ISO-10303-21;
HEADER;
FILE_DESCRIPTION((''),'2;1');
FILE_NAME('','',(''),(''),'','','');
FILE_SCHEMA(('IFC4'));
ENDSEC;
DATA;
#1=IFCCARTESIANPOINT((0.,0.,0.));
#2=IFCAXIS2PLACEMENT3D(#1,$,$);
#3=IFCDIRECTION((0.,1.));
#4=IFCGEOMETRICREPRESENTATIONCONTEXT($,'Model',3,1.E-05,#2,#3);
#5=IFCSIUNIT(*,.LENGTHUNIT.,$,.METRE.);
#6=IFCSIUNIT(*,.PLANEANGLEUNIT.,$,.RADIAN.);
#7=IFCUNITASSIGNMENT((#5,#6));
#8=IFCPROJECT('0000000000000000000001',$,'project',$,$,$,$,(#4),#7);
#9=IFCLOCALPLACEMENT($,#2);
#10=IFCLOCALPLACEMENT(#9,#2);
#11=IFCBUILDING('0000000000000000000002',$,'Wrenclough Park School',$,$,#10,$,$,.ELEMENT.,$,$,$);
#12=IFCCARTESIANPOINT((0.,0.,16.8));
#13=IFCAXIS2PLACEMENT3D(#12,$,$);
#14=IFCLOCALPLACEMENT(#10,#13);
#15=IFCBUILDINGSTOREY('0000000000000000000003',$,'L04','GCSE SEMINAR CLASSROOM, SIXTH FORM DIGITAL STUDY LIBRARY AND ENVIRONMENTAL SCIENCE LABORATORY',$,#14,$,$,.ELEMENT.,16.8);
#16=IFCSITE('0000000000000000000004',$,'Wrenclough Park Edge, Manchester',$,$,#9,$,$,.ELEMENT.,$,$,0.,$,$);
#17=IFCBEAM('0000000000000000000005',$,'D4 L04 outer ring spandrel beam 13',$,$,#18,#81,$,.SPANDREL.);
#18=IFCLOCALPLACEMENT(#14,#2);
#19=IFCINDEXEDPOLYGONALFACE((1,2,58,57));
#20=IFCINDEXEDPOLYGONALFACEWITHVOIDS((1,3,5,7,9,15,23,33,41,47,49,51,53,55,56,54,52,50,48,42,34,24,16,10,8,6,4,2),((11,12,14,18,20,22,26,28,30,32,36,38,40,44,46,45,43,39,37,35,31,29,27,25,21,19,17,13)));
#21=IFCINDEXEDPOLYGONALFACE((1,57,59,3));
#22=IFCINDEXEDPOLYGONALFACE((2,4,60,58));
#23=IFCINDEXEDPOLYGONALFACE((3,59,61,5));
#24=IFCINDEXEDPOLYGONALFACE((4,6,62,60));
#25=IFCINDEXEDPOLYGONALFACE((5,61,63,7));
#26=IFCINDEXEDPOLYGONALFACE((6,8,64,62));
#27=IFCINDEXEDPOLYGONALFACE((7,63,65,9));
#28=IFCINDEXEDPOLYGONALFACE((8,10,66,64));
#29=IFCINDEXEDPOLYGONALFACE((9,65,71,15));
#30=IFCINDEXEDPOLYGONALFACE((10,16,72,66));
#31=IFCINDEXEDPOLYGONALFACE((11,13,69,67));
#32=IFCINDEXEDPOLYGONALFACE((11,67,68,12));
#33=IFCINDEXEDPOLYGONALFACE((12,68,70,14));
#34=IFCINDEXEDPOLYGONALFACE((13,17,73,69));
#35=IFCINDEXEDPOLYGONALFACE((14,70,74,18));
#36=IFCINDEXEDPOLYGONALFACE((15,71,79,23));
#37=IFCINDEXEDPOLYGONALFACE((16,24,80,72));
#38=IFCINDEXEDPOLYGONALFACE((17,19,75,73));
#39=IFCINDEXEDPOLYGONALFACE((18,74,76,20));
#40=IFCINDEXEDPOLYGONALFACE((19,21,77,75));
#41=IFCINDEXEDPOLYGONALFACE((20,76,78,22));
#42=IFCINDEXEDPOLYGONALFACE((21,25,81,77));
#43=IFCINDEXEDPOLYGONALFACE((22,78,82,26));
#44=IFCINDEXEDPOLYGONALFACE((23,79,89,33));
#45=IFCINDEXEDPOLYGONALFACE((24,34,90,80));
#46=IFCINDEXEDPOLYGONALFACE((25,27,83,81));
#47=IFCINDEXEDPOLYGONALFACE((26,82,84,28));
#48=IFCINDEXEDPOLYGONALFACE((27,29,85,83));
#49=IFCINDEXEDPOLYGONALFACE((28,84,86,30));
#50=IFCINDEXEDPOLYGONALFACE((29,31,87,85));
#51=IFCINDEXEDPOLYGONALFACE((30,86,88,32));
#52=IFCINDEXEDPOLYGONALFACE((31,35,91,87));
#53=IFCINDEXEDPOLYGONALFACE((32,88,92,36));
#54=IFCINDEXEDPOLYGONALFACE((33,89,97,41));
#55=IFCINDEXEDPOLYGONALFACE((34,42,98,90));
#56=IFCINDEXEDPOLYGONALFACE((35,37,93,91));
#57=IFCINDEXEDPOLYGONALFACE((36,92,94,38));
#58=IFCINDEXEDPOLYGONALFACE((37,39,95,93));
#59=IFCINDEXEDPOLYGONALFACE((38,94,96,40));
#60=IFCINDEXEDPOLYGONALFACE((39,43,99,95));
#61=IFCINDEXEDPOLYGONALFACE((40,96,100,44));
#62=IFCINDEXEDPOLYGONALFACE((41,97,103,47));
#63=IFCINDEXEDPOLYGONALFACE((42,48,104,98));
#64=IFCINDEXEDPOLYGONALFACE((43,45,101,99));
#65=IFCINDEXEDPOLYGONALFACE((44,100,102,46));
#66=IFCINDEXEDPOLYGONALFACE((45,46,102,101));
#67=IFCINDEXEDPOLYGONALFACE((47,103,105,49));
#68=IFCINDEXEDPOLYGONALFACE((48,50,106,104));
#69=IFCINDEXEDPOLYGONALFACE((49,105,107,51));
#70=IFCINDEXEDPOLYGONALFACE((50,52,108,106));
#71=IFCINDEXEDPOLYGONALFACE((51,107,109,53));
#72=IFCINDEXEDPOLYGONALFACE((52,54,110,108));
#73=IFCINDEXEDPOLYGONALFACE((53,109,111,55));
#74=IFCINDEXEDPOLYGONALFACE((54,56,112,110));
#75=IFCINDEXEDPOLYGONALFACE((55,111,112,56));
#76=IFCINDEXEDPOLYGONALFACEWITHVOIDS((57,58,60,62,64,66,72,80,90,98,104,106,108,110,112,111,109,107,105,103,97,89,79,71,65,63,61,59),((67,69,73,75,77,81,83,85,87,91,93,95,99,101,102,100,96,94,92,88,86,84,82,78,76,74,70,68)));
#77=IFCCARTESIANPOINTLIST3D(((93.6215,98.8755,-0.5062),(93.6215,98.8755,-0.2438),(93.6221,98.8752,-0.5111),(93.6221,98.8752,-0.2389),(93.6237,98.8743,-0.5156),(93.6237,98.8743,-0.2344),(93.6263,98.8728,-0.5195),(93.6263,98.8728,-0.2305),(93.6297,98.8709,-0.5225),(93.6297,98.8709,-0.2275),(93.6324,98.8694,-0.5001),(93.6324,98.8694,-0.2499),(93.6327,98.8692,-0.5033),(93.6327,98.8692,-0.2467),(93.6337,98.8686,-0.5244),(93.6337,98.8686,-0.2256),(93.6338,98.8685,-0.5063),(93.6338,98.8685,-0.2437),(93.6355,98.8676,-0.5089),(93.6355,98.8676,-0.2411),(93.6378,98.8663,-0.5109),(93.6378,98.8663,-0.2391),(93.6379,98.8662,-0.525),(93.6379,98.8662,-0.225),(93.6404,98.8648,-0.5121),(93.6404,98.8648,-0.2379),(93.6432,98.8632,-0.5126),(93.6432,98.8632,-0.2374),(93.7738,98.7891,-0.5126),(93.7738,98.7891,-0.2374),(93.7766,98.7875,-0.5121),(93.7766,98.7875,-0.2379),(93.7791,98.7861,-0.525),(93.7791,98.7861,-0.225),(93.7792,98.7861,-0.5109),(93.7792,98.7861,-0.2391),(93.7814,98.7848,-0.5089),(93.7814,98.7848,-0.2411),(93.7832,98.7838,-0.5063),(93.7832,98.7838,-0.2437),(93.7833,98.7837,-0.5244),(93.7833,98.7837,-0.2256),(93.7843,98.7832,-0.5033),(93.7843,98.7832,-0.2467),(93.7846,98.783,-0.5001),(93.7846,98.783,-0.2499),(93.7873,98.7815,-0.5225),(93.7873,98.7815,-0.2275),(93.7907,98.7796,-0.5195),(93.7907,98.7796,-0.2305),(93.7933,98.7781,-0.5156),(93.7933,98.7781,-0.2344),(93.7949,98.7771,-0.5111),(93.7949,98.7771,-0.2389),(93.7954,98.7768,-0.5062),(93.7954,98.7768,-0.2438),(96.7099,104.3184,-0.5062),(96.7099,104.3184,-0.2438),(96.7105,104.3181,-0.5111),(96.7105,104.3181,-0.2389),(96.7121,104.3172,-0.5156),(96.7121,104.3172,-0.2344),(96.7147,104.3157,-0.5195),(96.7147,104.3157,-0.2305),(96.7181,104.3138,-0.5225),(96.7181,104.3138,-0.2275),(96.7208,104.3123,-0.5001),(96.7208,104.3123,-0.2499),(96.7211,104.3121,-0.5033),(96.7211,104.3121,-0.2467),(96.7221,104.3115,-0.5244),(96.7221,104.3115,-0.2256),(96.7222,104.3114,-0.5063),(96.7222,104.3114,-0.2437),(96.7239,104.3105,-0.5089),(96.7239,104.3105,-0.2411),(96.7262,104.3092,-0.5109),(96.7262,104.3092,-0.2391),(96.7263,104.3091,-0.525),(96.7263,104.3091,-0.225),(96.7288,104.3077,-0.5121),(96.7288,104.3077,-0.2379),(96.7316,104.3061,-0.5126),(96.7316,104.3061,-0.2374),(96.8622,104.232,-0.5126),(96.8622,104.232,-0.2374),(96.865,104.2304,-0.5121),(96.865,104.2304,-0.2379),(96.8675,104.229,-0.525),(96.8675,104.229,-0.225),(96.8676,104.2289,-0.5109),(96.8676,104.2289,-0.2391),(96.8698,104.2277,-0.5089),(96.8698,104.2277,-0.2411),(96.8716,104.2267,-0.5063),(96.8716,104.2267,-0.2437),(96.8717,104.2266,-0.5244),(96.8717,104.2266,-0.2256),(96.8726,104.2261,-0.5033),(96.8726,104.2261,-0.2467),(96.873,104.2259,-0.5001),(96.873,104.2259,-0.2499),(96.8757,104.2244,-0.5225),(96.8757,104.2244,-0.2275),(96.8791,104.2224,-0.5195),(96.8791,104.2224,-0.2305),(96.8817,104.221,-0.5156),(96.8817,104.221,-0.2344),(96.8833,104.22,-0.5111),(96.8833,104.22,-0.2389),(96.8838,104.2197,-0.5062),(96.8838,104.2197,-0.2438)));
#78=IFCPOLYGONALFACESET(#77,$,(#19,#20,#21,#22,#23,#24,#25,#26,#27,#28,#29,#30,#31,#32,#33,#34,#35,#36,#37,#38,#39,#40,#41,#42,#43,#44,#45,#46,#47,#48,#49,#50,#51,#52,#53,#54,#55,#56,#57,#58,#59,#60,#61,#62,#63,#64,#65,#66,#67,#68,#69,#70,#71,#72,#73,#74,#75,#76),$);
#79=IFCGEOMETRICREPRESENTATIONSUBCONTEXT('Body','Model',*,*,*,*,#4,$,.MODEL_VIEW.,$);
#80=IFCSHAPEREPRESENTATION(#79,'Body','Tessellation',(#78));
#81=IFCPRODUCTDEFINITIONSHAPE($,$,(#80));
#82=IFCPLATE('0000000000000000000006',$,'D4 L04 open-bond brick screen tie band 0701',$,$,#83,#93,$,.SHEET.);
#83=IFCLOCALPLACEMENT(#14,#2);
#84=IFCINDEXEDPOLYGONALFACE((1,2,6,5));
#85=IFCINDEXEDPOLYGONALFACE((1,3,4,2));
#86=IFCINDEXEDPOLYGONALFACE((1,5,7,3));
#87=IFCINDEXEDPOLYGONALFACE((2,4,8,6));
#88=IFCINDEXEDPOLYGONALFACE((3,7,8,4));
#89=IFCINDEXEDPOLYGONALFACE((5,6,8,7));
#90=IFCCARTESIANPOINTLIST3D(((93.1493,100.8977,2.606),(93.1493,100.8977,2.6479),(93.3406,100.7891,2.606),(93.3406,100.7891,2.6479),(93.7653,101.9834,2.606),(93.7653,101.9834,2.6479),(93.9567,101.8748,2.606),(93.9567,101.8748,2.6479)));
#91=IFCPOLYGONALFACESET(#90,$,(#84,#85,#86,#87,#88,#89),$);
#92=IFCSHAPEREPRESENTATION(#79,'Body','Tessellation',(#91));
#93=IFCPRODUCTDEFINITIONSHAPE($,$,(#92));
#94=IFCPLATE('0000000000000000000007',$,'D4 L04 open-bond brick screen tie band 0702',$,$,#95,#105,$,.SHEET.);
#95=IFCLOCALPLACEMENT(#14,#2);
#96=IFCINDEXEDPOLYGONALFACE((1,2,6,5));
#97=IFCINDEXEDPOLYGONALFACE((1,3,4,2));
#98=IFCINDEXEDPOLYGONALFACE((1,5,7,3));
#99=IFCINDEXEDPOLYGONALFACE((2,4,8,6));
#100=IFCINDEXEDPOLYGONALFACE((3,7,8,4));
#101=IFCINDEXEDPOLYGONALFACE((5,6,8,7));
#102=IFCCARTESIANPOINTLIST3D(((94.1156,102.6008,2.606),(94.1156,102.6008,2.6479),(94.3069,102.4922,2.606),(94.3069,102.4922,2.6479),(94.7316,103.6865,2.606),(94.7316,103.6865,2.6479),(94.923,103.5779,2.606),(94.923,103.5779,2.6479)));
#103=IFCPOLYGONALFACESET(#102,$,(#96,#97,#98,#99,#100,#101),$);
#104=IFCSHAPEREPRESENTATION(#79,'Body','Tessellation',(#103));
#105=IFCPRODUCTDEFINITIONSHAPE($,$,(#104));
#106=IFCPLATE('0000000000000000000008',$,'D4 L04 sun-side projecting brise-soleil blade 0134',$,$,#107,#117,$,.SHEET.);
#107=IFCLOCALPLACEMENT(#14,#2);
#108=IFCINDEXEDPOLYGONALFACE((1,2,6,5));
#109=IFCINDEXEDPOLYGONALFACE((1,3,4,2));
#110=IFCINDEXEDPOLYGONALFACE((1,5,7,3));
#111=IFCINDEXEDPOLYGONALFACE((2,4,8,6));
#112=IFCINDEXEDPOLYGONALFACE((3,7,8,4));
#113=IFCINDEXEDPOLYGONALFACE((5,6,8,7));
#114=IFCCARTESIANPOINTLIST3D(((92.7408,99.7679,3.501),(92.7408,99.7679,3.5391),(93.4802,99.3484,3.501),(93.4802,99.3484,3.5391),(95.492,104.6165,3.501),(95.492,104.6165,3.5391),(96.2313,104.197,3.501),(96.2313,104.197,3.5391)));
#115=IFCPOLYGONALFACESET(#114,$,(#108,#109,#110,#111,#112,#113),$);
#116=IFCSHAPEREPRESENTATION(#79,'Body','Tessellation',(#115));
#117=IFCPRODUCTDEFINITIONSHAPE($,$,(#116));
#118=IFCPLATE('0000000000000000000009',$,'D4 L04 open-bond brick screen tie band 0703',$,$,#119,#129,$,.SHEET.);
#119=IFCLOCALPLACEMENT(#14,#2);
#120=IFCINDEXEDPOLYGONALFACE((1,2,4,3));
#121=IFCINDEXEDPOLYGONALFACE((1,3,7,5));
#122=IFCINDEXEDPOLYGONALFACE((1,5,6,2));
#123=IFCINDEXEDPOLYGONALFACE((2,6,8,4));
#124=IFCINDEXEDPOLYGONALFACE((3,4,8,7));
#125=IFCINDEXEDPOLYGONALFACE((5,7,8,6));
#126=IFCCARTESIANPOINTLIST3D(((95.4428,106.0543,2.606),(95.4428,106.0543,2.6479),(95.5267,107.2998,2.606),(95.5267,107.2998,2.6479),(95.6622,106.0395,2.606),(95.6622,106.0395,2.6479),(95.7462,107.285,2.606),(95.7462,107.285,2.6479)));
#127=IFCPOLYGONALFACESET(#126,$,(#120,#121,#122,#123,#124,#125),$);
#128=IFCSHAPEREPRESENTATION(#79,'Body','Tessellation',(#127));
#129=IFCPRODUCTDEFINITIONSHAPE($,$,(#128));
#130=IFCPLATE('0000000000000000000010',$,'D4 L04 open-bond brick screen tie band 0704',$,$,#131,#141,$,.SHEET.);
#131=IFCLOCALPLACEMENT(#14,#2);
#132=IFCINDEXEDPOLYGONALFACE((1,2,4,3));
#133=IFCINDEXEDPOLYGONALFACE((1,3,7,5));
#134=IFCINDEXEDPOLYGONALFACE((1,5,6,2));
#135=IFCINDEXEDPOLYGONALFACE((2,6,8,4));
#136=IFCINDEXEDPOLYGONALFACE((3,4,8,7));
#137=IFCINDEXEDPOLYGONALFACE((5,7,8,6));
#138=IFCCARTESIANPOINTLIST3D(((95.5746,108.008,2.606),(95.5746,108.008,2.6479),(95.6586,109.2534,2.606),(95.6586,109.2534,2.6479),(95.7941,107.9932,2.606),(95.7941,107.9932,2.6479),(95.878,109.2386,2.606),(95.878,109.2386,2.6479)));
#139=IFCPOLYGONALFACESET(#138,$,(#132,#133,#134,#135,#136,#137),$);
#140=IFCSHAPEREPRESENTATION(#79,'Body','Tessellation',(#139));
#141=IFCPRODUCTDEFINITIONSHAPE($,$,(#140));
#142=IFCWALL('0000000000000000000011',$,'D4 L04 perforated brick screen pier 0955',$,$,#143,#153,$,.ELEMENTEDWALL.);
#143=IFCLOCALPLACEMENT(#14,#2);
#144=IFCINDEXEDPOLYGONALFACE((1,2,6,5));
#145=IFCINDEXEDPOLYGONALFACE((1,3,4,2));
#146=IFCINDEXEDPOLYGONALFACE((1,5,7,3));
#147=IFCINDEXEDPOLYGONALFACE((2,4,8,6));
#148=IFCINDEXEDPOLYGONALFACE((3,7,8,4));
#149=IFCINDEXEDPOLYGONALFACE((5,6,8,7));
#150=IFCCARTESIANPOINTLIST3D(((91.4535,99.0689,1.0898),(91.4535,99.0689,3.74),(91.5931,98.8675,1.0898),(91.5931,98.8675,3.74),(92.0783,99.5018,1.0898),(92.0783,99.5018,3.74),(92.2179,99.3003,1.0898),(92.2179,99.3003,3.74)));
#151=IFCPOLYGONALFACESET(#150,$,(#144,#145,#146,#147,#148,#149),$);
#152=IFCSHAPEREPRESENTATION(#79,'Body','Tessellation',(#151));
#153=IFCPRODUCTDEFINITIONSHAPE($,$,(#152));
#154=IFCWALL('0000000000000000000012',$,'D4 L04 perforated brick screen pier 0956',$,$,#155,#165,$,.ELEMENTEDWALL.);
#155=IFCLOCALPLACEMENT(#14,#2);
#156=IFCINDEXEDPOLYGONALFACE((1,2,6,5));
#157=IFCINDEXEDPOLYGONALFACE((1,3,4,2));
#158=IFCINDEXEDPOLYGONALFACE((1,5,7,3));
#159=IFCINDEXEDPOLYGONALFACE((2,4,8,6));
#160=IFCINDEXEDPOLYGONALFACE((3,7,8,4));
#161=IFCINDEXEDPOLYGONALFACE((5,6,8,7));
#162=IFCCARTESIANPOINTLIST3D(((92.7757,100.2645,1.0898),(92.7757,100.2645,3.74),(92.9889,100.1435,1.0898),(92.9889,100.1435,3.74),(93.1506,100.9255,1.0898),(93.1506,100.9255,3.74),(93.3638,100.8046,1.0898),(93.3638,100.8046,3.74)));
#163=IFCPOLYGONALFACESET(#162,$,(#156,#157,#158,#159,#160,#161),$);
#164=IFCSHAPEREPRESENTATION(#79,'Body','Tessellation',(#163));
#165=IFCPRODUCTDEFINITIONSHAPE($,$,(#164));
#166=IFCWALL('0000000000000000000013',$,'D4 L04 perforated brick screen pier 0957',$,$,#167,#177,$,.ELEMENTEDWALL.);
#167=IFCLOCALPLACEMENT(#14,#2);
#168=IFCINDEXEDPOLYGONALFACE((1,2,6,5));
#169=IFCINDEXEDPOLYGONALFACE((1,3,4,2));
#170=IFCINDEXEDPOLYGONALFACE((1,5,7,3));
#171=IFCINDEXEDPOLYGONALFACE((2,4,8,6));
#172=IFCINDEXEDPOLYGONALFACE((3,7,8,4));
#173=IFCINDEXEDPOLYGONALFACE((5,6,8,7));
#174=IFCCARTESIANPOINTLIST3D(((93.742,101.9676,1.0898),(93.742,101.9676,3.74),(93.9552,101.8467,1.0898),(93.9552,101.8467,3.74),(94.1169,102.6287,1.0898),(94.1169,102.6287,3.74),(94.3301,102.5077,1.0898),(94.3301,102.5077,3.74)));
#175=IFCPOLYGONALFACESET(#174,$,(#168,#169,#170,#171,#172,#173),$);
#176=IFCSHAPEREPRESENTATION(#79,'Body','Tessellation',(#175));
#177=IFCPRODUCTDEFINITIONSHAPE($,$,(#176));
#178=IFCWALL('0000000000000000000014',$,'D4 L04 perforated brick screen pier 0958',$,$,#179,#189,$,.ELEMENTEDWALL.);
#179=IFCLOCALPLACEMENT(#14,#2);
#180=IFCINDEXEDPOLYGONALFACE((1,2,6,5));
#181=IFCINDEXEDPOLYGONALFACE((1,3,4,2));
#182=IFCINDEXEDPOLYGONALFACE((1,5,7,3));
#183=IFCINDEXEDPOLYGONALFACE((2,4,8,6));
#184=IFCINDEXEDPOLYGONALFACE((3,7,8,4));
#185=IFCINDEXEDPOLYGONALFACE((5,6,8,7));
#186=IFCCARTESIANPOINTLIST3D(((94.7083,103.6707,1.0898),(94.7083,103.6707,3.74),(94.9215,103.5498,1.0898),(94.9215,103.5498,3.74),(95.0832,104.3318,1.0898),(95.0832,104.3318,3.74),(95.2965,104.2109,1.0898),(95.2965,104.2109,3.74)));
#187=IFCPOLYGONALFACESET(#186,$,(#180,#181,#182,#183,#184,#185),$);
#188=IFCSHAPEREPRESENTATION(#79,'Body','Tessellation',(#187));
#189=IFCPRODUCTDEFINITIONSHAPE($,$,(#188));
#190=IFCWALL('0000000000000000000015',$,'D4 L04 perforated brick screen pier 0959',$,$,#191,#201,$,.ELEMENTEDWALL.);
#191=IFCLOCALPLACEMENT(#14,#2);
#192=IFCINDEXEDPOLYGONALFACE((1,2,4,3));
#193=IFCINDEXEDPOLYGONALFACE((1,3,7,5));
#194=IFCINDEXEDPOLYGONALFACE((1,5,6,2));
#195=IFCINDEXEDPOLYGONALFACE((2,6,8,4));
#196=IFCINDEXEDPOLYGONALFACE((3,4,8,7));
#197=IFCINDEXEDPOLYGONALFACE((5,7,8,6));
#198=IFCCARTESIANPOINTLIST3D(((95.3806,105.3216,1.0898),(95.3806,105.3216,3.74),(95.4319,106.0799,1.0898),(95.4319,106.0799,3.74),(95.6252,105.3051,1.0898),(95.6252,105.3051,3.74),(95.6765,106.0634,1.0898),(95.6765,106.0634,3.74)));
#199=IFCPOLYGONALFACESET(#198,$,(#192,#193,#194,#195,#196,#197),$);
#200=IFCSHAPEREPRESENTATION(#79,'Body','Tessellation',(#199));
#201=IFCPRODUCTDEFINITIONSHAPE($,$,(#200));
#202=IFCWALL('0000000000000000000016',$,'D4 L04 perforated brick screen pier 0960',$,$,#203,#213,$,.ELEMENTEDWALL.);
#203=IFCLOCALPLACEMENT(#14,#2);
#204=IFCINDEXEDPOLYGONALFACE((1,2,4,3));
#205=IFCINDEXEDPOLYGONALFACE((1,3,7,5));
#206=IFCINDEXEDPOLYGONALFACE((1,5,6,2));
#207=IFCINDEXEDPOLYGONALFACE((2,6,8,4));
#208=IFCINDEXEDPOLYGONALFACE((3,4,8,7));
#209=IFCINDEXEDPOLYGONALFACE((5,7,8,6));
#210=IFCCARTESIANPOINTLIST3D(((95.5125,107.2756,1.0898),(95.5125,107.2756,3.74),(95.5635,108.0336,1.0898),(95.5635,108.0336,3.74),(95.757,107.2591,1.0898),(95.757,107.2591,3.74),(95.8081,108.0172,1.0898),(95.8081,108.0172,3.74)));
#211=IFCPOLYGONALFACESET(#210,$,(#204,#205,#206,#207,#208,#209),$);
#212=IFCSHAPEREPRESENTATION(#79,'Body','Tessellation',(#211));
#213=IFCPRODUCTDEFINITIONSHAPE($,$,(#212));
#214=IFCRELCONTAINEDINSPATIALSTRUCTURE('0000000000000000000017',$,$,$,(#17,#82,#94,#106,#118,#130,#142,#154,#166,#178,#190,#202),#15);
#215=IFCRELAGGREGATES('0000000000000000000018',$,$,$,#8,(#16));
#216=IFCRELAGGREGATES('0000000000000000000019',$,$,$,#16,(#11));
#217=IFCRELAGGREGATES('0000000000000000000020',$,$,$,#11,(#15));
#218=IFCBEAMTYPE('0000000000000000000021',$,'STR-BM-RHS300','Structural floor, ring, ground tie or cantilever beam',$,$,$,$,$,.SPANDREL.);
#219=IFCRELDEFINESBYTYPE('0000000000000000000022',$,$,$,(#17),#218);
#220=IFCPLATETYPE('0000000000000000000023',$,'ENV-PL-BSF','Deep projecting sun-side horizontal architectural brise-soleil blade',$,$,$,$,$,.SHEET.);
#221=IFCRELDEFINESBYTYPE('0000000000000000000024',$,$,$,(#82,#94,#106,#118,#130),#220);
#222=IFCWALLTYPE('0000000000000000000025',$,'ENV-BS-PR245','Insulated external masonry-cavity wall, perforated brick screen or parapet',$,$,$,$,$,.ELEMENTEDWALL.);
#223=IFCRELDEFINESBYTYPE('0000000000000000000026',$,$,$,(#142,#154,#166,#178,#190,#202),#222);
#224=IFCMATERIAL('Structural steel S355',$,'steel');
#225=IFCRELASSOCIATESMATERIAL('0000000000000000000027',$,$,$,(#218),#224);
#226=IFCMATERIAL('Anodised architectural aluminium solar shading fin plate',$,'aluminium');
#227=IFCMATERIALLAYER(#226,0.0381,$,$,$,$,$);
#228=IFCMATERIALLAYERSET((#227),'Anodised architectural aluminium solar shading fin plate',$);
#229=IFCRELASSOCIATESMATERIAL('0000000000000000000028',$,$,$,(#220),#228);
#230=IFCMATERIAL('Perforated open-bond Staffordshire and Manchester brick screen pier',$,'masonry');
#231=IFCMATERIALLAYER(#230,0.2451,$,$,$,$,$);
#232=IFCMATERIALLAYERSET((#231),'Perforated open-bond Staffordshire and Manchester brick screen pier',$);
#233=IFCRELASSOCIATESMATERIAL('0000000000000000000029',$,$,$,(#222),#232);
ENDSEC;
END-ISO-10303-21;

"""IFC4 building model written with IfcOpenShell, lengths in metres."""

from ifc_helpers import new_model, si_unit, direction, frame, frame_2d, origin, origin_2d, place, context, subcontext, project, spatial, rectangle, hollow_rectangle, extrude, material, layer, layer_set, material_profile, profile_set, type_object, element, save


model = new_model("IFC4")

# Units and contexts
model_context = context("Model", 3, precision=1e-05, world=origin(), true_north=direction((0.0, 1.0)))
body_context = subcontext(model_context, "Body", "Model", "MODEL_VIEW")
ifc_project = project(units=[si_unit("LENGTHUNIT", "METRE"), si_unit("PLANEANGLEUNIT", "RADIAN")], contexts=[model_context])

# Site, building, storey
site_placement = place(None, origin())
site = spatial("IfcSite", under=ifc_project, at=site_placement, Name="Wrenclough Park Edge, Manchester", CompositionType="ELEMENT", RefElevation=0.0)
building_placement = place(site_placement, origin())
building = spatial("IfcBuilding", under=site, at=building_placement, Name="Wrenclough Park School", CompositionType="ELEMENT")
storey_placement = place(building_placement, frame((0.0, 0.0, 16.8)))
storey = spatial("IfcBuildingStorey", under=building, at=storey_placement, Name="L04", Description="GCSE SEMINAR CLASSROOM, SIXTH FORM DIGITAL STUDY LIBRARY AND ENVIRONMENTAL SCIENCE LABORATORY", CompositionType="ELEMENT", Elevation=16.8)

# Beam
ifc_material_1 = material(Name="Structural steel S355", Category="steel")
ifc_material_profile = material_profile(ifc_material_1, hollow_rectangle(XDim=0.2, YDim=0.3, WallThickness=0.0125, InnerFilletRadius=0.0125, OuterFilletRadius=0.0188, at=origin_2d()), Name="RHS 300x200x12.5")
ifc_profile_set = profile_set([ifc_material_profile], Name="Structural steel S355")
beam_type = type_object("IfcBeamType", Name="STR-BM-RHS300", Description="Structural floor, ring, ground tie or cantilever beam", PredefinedType="SPANDREL", material=ifc_profile_set)
beam_placement = place(storey_placement, frame((93.7085, 98.8262, -0.375), z_axis=(0.493507, 0.869742, 0.0), x_axis=(-0.869742, 0.493507, 0.0)))
element("IfcBeam", 1, at=beam_placement, inside=storey, type_object=beam_type, Name="D4 L04 outer ring spandrel beam 13", PredefinedType="SPANDREL", context=body_context, shape_type="SweptSolid", body=[
    extrude(hollow_rectangle(XDim=0.2, YDim=0.3, WallThickness=0.0125, InnerFilletRadius=0.0125, OuterFilletRadius=0.0188, at=origin_2d()), origin(), (0.0, 0.0, 1.0), 6.2581),
])

# Plates
ifc_material_2 = material(Name="Anodised architectural aluminium solar shading fin plate", Category="aluminium")
ifc_layer_1 = layer(ifc_material_2, 0.0381)
ifc_layer_set_1 = layer_set([ifc_layer_1], Name="Anodised architectural aluminium solar shading fin plate")
plate_type = type_object("IfcPlateType", Name="ENV-PL-BSF", Description="Deep projecting sun-side horizontal architectural brise-soleil blade", PredefinedType="SHEET", material=ifc_layer_set_1)
for number, where, z_axis, x_axis, name in (
    (2, (93.553, 101.3862, 2.606), (0.0, 0.0, 1.0), (0.493499, 0.869747, 0.0), "D4 L04 open-bond brick screen tie band 0701"),
    (3, (94.5193, 103.0894, 2.606), (0.0, 0.0, 1.0), (0.493499, 0.869747, 0.0), "D4 L04 open-bond brick screen tie band 0702"),
):
    element("IfcPlate", number, at=place(storey_placement, frame(where, z_axis=z_axis, x_axis=x_axis)), inside=storey, type_object=plate_type, Name=name, PredefinedType="SHEET", context=body_context, shape_type="SweptSolid", body=[
        extrude(rectangle(XDim=1.2483, YDim=0.22, at=origin_2d()), origin(), (0.0, 0.0, 1.0), 0.042),
    ])
plate_placement = place(storey_placement, frame((94.4861, 101.9824, 3.501), z_axis=(0.0, 0.0, 1.0), x_axis=(0.493499, 0.869747, 0.0)))
element("IfcPlate", 4, at=plate_placement, inside=storey, type_object=plate_type, Name="D4 L04 sun-side projecting brise-soleil blade 0134", PredefinedType="SHEET", context=body_context, shape_type="SweptSolid", body=[
    extrude(rectangle(XDim=5.5747, YDim=0.8501, at=origin_2d()), origin(), (0.0, 0.0, 1.0), 0.0381),
])
for number, where, z_axis, x_axis, name in (
    (5, (95.5945, 106.6697, 2.606), (0.0, 0.0, 1.0), (0.067274, 0.997735, 0.0), "D4 L04 open-bond brick screen tie band 0703"),
    (6, (95.7263, 108.6233, 2.606), (0.0, 0.0, 1.0), (0.067274, 0.997735, 0.0), "D4 L04 open-bond brick screen tie band 0704"),
):
    element("IfcPlate", number, at=place(storey_placement, frame(where, z_axis=z_axis, x_axis=x_axis)), inside=storey, type_object=plate_type, Name=name, PredefinedType="SHEET", context=body_context, shape_type="SweptSolid", body=[
        extrude(rectangle(XDim=1.2483, YDim=0.22, at=origin_2d()), origin(), (0.0, 0.0, 1.0), 0.042),
    ])

# Walls
ifc_material_3 = material(Name="Perforated open-bond Staffordshire and Manchester brick screen pier", Category="masonry")
ifc_layer_2 = layer(ifc_material_3, 0.2451)
ifc_layer_set_2 = layer_set([ifc_layer_2], Name="Perforated open-bond Staffordshire and Manchester brick screen pier")
wall_type_1 = type_object("IfcWallType", Name="ENV-BS-PR245", Description="Insulated external masonry-cavity wall, perforated brick screen or parapet", PredefinedType="ELEMENTEDWALL", material=ifc_layer_set_2)
for number, where, z_axis, x_axis, name in (
    (7, (91.5234, 98.9683, 1.0898), (0.0, 0.0, 1.0), (0.821984, 0.569511, 0.0), "D4 L04 perforated brick screen pier 0955"),
    (8, (92.8823, 100.2041, 1.0898), (0.0, 0.0, 1.0), (0.493369, 0.86982, 0.0), "D4 L04 perforated brick screen pier 0956"),
    (9, (93.8486, 101.9072, 1.0898), (0.0, 0.0, 1.0), (0.493369, 0.86982, 0.0), "D4 L04 perforated brick screen pier 0957"),
    (10, (94.8149, 103.6104, 1.0898), (0.0, 0.0, 1.0), (0.493369, 0.86982, 0.0), "D4 L04 perforated brick screen pier 0958"),
    (11, (95.5029, 105.3135, 1.0898), (0.0, 0.0, 1.0), (0.067457, 0.997722, 0.0), "D4 L04 perforated brick screen pier 0959"),
):
    element("IfcWall", number, at=place(storey_placement, frame(where, z_axis=z_axis, x_axis=x_axis)), inside=storey, type_object=wall_type_1, Name=name, PredefinedType="ELEMENTEDWALL", context=body_context, shape_type="SweptSolid", body=[
        extrude(rectangle(XDim=0.76, YDim=0.2451, at=frame_2d((0.3799, 0.0))), origin(), (0.0, 0.0, 1.0), 2.6501),
    ])
wall_1_placement = place(storey_placement, frame((95.6348, 107.2673, 1.0898), z_axis=(0.0, 0.0, 1.0), x_axis=(0.067159, 0.997742, 0.0)))
element("IfcWall", 12, at=wall_1_placement, inside=storey, type_object=wall_type_1, Name="D4 L04 perforated brick screen pier 0960", PredefinedType="ELEMENTEDWALL", context=body_context, shape_type="SweptSolid", body=[
    extrude(rectangle(XDim=0.7598, YDim=0.2451, at=frame_2d((0.3799, 0.0))), origin(), (0.0, 0.0, 1.0), 2.6501),
])

save(model, "model.ifc")
